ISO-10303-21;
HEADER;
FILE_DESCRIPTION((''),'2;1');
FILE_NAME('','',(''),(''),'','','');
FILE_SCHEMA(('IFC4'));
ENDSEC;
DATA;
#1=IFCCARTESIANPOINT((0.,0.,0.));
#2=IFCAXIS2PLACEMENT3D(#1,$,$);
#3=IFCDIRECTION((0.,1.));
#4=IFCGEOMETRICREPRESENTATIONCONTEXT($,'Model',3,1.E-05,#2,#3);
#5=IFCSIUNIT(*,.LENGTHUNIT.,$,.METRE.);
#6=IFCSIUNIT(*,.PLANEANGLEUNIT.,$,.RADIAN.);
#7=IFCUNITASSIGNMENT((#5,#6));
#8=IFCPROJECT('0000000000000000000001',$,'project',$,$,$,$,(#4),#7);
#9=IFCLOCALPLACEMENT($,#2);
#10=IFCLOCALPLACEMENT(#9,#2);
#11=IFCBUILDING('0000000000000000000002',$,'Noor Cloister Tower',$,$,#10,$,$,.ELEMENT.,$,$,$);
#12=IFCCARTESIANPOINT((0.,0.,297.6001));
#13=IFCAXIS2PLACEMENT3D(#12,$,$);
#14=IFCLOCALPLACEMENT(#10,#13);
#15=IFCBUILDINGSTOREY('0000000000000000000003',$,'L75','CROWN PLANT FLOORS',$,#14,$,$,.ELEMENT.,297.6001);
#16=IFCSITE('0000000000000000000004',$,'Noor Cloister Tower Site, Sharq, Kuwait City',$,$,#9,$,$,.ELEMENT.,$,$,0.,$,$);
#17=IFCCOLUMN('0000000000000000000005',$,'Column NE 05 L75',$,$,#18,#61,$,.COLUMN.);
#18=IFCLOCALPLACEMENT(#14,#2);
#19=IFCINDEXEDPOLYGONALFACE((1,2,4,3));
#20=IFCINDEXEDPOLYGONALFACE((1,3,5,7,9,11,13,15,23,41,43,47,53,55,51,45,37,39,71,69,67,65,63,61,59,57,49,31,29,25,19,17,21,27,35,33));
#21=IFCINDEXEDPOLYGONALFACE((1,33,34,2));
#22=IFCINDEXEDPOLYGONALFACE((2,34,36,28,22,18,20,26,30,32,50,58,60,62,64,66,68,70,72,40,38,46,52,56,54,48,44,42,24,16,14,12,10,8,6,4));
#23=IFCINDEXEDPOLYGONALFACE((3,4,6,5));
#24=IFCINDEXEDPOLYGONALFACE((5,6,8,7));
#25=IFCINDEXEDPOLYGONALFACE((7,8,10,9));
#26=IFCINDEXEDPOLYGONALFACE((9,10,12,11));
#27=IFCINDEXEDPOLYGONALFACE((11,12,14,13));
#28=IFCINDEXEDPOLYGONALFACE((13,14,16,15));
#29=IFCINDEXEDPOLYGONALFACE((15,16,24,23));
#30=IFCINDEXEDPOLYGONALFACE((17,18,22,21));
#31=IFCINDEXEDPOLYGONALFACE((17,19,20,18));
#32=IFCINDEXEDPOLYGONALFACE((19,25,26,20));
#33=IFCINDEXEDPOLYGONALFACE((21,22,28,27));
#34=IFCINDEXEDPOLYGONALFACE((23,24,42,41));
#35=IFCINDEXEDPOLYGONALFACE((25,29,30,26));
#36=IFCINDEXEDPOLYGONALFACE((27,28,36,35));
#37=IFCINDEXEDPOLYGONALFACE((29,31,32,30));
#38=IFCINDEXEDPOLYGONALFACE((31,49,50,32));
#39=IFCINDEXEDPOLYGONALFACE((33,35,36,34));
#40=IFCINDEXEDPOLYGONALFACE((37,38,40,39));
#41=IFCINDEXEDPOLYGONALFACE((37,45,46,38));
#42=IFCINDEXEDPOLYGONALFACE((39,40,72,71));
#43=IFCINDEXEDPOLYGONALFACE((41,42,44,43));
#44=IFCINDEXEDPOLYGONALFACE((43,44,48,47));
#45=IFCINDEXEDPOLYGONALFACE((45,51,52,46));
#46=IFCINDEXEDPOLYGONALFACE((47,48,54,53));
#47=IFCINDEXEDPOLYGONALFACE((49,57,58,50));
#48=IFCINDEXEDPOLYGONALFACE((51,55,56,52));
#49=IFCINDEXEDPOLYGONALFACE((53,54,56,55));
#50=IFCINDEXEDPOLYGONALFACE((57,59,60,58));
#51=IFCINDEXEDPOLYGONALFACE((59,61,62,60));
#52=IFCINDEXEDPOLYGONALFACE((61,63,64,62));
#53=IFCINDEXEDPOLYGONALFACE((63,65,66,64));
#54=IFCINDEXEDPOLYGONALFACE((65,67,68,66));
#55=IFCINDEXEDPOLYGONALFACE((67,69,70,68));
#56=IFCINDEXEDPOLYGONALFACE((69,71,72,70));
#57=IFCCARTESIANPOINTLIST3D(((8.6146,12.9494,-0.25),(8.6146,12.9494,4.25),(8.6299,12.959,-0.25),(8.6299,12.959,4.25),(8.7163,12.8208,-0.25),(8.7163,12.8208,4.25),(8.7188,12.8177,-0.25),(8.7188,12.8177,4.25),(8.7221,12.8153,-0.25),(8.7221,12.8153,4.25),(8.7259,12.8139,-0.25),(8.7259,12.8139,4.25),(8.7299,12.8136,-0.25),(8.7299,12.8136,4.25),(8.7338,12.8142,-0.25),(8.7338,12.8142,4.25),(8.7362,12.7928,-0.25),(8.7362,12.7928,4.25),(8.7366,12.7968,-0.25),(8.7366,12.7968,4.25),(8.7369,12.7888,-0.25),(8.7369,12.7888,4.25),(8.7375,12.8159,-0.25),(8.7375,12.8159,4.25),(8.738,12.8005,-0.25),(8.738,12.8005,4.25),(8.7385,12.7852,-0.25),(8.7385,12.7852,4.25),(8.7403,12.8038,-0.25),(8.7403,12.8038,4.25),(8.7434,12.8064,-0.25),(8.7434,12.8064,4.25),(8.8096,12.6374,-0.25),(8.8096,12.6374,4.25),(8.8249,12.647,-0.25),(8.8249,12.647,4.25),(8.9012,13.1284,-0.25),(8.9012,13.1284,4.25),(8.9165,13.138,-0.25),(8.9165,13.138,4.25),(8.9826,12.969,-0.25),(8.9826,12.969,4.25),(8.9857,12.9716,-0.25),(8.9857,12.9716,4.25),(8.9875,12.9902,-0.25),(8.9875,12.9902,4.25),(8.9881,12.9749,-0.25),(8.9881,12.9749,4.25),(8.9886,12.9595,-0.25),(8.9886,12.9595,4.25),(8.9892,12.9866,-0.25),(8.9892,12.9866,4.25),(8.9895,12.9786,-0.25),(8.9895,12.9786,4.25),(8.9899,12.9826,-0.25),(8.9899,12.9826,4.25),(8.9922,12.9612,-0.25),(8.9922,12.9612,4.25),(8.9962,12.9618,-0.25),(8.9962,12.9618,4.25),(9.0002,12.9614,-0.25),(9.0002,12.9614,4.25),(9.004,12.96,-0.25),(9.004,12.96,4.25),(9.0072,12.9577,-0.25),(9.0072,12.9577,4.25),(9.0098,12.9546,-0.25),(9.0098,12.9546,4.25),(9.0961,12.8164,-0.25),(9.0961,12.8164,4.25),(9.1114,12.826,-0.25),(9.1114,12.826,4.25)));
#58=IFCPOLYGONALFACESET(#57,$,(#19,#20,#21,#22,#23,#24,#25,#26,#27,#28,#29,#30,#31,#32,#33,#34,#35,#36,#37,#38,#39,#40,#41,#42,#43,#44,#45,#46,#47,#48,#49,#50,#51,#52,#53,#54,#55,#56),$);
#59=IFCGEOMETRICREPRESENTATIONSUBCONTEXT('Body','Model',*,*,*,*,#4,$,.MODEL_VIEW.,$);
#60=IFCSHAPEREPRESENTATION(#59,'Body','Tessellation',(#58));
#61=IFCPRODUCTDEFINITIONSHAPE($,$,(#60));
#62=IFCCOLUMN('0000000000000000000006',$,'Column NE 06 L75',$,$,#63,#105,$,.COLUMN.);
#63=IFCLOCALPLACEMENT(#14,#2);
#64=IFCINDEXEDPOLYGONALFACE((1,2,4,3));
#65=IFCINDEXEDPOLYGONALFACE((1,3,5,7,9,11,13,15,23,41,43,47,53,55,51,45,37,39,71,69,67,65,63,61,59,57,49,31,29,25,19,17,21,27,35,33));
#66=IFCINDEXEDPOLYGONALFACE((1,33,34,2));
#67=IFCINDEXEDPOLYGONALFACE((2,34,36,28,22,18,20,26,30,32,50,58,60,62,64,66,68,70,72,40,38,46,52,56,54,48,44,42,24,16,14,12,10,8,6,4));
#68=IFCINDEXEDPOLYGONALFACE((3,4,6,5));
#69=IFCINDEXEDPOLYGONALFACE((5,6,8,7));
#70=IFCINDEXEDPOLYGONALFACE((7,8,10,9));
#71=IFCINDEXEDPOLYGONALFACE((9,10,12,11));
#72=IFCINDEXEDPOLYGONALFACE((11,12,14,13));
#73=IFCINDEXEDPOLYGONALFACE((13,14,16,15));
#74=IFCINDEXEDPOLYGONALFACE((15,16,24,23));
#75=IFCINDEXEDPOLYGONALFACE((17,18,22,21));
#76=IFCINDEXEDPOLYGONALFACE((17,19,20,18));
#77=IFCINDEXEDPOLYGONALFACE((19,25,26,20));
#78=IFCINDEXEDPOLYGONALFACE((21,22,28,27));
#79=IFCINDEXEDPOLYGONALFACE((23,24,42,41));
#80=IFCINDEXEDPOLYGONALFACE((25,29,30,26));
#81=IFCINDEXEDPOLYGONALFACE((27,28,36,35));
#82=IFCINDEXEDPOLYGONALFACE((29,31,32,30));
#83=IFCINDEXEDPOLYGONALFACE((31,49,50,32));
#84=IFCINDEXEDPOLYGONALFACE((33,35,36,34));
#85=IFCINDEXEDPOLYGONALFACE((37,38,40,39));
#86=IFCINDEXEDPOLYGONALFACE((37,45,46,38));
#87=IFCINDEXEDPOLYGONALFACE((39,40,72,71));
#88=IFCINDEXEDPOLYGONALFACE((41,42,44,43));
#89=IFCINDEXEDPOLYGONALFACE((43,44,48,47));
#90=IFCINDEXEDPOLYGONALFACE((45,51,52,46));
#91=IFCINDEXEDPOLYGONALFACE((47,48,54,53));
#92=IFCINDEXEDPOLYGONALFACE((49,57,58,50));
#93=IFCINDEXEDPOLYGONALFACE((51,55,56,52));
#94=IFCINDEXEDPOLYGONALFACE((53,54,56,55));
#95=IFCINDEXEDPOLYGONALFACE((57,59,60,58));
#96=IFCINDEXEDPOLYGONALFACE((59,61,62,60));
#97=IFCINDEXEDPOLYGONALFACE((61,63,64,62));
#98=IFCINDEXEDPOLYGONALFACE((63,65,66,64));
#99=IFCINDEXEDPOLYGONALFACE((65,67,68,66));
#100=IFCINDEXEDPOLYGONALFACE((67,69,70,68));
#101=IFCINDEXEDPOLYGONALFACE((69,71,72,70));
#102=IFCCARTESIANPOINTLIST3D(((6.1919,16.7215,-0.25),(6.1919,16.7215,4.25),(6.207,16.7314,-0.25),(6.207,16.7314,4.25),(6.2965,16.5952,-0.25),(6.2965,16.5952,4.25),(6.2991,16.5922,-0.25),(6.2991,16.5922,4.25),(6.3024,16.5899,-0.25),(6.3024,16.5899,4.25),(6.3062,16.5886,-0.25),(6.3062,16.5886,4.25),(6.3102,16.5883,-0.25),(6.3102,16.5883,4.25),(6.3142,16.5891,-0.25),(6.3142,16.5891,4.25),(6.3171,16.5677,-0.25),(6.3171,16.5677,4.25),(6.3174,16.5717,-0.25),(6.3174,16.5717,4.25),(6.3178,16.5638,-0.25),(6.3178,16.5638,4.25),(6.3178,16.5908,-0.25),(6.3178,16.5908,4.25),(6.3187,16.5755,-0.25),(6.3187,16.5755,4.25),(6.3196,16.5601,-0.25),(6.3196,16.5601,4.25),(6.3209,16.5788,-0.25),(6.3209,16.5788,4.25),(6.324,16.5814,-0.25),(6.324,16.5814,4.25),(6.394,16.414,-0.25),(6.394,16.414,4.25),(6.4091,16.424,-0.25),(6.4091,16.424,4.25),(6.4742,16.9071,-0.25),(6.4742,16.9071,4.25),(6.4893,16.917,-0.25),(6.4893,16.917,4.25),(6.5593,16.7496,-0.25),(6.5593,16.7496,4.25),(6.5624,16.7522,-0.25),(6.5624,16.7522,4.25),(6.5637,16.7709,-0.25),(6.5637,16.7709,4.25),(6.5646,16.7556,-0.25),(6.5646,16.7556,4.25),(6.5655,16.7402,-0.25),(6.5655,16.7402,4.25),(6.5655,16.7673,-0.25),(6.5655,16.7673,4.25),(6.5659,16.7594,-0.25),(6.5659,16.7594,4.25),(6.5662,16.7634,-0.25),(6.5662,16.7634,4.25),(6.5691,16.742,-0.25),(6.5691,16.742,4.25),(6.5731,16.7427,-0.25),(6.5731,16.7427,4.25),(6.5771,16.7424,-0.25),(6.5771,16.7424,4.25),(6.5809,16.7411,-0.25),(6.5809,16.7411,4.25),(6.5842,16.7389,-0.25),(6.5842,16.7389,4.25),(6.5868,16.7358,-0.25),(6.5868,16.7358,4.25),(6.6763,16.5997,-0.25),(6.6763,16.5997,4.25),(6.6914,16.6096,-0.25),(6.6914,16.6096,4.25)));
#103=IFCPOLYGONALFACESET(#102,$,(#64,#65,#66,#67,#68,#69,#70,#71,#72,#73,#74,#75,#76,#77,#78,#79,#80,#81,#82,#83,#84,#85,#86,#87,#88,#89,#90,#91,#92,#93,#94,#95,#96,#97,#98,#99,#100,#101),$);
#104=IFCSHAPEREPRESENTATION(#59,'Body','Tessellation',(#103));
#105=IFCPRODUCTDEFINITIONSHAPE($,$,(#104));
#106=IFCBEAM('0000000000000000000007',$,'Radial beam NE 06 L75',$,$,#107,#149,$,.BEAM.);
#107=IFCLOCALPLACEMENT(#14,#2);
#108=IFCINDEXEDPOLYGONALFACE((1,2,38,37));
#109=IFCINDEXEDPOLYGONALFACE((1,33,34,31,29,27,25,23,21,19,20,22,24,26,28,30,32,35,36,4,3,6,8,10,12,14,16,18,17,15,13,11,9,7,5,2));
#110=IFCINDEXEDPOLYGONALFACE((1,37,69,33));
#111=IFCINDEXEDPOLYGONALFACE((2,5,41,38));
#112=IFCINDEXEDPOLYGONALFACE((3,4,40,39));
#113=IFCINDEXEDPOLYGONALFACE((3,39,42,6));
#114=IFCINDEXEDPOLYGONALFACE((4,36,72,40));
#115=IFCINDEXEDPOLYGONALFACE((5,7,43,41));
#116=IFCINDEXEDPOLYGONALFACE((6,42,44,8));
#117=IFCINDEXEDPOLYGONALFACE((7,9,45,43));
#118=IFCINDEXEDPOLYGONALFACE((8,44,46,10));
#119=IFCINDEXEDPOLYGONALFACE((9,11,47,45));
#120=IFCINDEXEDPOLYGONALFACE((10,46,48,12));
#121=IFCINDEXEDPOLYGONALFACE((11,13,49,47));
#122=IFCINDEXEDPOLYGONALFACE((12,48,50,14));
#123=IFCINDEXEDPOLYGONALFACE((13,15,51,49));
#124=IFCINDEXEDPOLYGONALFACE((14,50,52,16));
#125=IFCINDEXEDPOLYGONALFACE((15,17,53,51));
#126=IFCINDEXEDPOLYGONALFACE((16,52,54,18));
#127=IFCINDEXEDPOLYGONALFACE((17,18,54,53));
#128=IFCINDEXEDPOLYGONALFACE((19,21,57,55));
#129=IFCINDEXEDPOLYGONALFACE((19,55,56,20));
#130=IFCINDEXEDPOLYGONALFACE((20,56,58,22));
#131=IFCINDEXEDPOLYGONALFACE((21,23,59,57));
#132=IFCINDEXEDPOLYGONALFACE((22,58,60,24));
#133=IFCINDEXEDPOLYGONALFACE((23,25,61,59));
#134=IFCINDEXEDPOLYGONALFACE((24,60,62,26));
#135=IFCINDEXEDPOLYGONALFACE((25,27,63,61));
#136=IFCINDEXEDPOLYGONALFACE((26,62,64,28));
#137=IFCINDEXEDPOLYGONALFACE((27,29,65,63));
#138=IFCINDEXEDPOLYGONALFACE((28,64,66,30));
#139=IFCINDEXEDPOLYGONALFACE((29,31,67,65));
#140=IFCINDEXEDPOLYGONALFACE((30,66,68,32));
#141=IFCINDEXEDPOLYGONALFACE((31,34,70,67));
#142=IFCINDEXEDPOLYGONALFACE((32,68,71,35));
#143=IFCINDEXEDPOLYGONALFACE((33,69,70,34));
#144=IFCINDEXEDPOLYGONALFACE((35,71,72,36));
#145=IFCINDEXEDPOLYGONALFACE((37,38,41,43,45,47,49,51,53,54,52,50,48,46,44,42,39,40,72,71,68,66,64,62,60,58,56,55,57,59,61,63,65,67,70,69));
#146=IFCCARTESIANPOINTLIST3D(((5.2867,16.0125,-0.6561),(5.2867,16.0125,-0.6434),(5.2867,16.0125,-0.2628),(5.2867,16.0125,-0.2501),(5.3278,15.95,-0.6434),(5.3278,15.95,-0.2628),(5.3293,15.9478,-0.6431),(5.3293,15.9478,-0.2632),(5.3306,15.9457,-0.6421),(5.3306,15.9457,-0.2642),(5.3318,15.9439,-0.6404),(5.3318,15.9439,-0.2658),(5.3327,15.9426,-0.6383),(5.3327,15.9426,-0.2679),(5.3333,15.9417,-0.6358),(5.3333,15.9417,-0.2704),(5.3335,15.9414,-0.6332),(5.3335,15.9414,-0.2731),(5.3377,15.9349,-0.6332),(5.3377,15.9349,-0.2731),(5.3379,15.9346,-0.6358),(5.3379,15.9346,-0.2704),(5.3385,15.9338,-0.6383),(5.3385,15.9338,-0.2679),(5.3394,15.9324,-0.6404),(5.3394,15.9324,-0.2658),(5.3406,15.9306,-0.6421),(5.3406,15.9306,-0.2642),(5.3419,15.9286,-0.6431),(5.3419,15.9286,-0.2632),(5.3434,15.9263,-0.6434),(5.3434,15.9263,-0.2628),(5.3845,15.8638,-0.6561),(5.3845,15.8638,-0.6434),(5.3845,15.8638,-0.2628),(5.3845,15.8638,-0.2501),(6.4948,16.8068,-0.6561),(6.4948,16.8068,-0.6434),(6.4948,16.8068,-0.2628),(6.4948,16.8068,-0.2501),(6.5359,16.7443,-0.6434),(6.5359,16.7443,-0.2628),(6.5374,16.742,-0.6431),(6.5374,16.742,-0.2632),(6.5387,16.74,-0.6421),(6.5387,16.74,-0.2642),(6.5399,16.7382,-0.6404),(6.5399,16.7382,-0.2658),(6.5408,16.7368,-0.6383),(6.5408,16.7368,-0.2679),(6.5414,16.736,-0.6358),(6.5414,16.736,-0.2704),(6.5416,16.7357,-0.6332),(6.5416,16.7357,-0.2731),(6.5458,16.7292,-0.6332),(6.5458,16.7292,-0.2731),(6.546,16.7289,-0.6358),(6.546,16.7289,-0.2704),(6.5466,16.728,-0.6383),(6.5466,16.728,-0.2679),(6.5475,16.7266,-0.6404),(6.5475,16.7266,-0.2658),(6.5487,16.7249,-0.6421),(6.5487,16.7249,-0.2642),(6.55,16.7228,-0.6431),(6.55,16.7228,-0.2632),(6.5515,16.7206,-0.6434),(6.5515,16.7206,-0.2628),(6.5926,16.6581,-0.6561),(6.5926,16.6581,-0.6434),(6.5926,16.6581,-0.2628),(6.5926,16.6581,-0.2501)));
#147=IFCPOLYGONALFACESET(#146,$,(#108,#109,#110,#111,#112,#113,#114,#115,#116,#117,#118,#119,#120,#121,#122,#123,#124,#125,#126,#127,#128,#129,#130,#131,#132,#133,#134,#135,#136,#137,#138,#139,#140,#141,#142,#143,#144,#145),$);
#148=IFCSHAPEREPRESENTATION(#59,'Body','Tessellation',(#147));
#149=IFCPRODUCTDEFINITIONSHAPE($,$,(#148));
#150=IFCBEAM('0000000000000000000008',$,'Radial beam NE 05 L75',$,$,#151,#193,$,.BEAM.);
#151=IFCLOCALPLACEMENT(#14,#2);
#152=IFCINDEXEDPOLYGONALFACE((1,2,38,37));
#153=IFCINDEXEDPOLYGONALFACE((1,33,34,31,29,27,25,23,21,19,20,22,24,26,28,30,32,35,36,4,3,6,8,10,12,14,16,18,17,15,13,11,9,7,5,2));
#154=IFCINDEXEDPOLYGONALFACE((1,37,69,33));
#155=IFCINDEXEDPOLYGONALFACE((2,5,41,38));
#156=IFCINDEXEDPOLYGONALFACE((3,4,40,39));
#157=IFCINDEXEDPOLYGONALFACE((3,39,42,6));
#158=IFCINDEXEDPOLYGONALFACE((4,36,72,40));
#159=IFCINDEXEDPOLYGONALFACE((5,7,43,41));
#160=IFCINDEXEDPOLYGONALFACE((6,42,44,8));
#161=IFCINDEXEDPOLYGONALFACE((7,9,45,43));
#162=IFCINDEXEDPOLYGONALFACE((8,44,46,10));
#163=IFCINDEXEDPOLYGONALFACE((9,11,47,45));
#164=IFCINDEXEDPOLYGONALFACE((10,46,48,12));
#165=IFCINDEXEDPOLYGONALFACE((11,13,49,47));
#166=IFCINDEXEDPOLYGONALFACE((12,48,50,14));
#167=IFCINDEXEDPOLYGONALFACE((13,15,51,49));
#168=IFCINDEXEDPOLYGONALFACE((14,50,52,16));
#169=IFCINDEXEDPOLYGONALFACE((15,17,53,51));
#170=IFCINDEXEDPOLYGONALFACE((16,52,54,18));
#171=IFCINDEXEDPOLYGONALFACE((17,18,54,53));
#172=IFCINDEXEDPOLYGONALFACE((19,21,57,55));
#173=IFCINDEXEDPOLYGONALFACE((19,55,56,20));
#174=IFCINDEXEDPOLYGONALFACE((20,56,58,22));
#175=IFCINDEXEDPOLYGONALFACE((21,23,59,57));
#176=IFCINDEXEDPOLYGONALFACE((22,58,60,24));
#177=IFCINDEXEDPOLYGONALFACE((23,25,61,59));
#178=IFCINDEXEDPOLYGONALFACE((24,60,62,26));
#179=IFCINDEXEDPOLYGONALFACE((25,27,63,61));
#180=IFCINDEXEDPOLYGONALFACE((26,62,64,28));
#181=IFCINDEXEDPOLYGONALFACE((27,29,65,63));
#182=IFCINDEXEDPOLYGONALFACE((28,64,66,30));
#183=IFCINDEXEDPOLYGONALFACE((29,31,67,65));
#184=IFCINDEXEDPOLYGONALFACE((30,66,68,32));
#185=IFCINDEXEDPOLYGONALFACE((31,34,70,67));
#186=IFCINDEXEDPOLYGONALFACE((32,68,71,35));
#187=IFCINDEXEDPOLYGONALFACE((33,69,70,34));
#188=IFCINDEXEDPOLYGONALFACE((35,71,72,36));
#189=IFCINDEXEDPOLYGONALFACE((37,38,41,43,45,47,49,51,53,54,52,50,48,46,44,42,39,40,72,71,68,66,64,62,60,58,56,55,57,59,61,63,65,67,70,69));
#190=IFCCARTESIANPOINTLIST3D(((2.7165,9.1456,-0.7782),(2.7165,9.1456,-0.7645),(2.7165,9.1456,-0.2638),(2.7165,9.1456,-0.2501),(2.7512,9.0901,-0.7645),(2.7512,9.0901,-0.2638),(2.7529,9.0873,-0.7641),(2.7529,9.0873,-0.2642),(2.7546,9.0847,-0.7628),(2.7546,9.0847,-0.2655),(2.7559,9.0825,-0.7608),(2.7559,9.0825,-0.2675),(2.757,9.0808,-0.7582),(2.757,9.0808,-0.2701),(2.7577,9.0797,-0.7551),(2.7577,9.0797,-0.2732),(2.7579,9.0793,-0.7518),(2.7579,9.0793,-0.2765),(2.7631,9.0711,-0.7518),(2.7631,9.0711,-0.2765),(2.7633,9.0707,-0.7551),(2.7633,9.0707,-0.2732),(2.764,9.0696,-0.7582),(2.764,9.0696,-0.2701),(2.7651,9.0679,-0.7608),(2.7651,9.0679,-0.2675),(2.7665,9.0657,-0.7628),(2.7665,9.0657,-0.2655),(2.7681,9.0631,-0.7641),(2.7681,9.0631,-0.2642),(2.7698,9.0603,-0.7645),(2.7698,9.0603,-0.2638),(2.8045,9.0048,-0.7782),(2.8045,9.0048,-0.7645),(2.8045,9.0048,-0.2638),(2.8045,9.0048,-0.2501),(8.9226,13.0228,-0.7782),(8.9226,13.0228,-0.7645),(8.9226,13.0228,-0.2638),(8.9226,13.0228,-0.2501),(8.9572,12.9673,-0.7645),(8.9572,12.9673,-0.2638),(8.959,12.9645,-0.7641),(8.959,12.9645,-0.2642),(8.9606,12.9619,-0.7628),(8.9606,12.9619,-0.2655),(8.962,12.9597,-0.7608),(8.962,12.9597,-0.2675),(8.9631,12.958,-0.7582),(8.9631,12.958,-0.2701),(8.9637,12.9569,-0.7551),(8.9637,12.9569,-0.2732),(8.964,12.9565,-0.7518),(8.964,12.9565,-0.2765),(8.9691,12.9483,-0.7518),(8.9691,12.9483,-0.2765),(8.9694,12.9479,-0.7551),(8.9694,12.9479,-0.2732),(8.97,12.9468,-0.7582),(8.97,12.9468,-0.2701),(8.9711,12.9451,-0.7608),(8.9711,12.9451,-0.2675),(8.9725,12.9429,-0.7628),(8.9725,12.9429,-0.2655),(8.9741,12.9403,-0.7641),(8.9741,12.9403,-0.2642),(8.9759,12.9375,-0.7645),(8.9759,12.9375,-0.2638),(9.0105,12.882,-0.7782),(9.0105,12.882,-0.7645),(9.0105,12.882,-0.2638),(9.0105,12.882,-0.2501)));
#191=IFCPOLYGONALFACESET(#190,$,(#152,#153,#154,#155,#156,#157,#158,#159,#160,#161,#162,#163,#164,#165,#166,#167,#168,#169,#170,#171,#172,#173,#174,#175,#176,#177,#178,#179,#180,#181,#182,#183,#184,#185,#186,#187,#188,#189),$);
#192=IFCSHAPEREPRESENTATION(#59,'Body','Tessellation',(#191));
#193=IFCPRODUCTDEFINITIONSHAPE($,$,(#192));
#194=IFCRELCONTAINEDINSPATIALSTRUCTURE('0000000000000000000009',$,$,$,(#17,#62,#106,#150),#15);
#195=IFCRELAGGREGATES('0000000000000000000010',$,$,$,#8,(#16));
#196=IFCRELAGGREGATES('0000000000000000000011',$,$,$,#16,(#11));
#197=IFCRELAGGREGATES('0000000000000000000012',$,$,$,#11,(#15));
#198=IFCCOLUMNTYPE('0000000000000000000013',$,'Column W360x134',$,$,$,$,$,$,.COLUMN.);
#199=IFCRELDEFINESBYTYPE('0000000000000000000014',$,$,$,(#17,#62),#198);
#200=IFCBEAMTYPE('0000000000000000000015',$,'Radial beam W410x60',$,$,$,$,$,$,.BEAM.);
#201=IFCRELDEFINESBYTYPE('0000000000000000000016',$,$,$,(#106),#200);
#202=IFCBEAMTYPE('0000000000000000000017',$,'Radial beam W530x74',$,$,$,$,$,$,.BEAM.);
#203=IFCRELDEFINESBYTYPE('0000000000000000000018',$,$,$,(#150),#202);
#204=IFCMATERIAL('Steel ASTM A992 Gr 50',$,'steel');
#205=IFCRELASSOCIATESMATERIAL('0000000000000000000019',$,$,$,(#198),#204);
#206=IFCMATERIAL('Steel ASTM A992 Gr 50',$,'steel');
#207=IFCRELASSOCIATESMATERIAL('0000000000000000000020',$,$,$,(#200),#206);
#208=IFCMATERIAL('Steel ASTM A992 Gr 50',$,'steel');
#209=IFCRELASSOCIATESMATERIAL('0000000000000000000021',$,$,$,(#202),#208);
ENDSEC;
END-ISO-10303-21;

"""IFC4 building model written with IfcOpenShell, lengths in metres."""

from ifc_helpers import new_model, si_unit, direction, frame, origin, origin_2d, place, context, subcontext, project, spatial, i_section, extrude, material, material_profile, profile_set, type_object, element, save


model = new_model("IFC4")

# Units and contexts
model_context = context("Model", 3, precision=1e-05, world=origin(), true_north=direction((0.0, 1.0)))
body_context = subcontext(model_context, "Body", "Model", "MODEL_VIEW")
ifc_project = project(units=[si_unit("LENGTHUNIT", "METRE"), si_unit("PLANEANGLEUNIT", "RADIAN")], contexts=[model_context])

# Site, building, storey
site_placement = place(None, origin())
site = spatial("IfcSite", under=ifc_project, at=site_placement, Name="Noor Cloister Tower Site, Sharq, Kuwait City", CompositionType="ELEMENT", RefElevation=0.0)
building_placement = place(site_placement, origin())
building = spatial("IfcBuilding", under=site, at=building_placement, Name="Noor Cloister Tower", CompositionType="ELEMENT")
storey_placement = place(building_placement, frame((0.0, 0.0, 297.6001)))
storey = spatial("IfcBuildingStorey", under=building, at=storey_placement, Name="L75", Description="CROWN PLANT FLOORS", CompositionType="ELEMENT", Elevation=297.6001)

# Columns
ifc_material_1 = material(Name="Steel ASTM A992 Gr 50", Category="steel")
ifc_material_profile_1 = material_profile(ifc_material_1, i_section(OverallWidth=0.3679, OverallDepth=0.356, WebThickness=0.0112, FlangeThickness=0.0181, FilletRadius=0.0154, at=origin_2d()), Name="W360x134")
ifc_profile_set_1 = profile_set([ifc_material_profile_1], Name="Steel ASTM A992 Gr 50")
column_type = type_object("IfcColumnType", Name="Column W360x134", PredefinedType="COLUMN", material=ifc_profile_set_1)
for number, where, z_axis, x_axis, name in (
    (1, (8.863, 12.8877, -0.25), (0.0, 0.0, 1.0), (-0.529819, 0.848111, 0.0), "Column NE 05 L75"),
    (2, (6.4417, 16.6655, -0.25), (0.0, 0.0, 1.0), (-0.549345, 0.835596, 0.0), "Column NE 06 L75"),
):
    element("IfcColumn", number, at=place(storey_placement, frame(where, z_axis=z_axis, x_axis=x_axis)), inside=storey, type_object=column_type, Name=name, PredefinedType="COLUMN", context=body_context, shape_type="SweptSolid", body=[
        extrude(i_section(OverallWidth=0.3679, OverallDepth=0.356, WebThickness=0.0112, FlangeThickness=0.0181, FilletRadius=0.0154, at=origin_2d()), origin(), (0.0, 0.0, 1.0), 4.5),
    ])

# Beams
ifc_material_2 = material(Name="Steel ASTM A992 Gr 50", Category="steel")
ifc_material_profile_2 = material_profile(ifc_material_2, i_section(OverallWidth=0.178, OverallDepth=0.406, WebThickness=0.0078, FlangeThickness=0.0127, FilletRadius=0.0103, at=origin_2d()), Name="W410x60")
ifc_profile_set_2 = profile_set([ifc_material_profile_2], Name="Steel ASTM A992 Gr 50")
beam_type_1 = type_object("IfcBeamType", Name="Radial beam W410x60", PredefinedType="BEAM", material=ifc_profile_set_2)
beam_1_placement = place(storey_placement, frame((6.5437, 16.7324, -0.4531), z_axis=(-0.835593, -0.54935, 0.0), x_axis=(0.54935, -0.835593, 0.0)))
element("IfcBeam", 3, at=beam_1_placement, inside=storey, type_object=beam_type_1, Name="Radial beam NE 06 L75", PredefinedType="BEAM", context=body_context, shape_type="SweptSolid", body=[
    extrude(i_section(OverallWidth=0.178, OverallDepth=0.406, WebThickness=0.0078, FlangeThickness=0.0127, FilletRadius=0.0103, at=origin_2d()), origin(), (0.0, 0.0, 1.0), 1.4458),
])
ifc_material_3 = material(Name="Steel ASTM A992 Gr 50", Category="steel")
ifc_material_profile_3 = material_profile(ifc_material_3, i_section(OverallWidth=0.166, OverallDepth=0.5281, WebThickness=0.0098, FlangeThickness=0.0137, FilletRadius=0.0127, at=origin_2d()), Name="W530x74")
ifc_profile_set_3 = profile_set([ifc_material_profile_3], Name="Steel ASTM A992 Gr 50")
beam_type_2 = type_object("IfcBeamType", Name="Radial beam W530x74", PredefinedType="BEAM", material=ifc_profile_set_3)
beam_2_placement = place(storey_placement, frame((8.9666, 12.9524, -0.5142), z_axis=(-0.848096, -0.529843, 0.0), x_axis=(0.529843, -0.848096, 0.0)))
element("IfcBeam", 4, at=beam_2_placement, inside=storey, type_object=beam_type_2, Name="Radial beam NE 05 L75", PredefinedType="BEAM", context=body_context, shape_type="SweptSolid", body=[
    extrude(i_section(OverallWidth=0.166, OverallDepth=0.5281, WebThickness=0.0098, FlangeThickness=0.0137, FilletRadius=0.0127, at=origin_2d()), origin(), (0.0, 0.0, 1.0), 7.3176),
])

save(model, "model.ifc")
